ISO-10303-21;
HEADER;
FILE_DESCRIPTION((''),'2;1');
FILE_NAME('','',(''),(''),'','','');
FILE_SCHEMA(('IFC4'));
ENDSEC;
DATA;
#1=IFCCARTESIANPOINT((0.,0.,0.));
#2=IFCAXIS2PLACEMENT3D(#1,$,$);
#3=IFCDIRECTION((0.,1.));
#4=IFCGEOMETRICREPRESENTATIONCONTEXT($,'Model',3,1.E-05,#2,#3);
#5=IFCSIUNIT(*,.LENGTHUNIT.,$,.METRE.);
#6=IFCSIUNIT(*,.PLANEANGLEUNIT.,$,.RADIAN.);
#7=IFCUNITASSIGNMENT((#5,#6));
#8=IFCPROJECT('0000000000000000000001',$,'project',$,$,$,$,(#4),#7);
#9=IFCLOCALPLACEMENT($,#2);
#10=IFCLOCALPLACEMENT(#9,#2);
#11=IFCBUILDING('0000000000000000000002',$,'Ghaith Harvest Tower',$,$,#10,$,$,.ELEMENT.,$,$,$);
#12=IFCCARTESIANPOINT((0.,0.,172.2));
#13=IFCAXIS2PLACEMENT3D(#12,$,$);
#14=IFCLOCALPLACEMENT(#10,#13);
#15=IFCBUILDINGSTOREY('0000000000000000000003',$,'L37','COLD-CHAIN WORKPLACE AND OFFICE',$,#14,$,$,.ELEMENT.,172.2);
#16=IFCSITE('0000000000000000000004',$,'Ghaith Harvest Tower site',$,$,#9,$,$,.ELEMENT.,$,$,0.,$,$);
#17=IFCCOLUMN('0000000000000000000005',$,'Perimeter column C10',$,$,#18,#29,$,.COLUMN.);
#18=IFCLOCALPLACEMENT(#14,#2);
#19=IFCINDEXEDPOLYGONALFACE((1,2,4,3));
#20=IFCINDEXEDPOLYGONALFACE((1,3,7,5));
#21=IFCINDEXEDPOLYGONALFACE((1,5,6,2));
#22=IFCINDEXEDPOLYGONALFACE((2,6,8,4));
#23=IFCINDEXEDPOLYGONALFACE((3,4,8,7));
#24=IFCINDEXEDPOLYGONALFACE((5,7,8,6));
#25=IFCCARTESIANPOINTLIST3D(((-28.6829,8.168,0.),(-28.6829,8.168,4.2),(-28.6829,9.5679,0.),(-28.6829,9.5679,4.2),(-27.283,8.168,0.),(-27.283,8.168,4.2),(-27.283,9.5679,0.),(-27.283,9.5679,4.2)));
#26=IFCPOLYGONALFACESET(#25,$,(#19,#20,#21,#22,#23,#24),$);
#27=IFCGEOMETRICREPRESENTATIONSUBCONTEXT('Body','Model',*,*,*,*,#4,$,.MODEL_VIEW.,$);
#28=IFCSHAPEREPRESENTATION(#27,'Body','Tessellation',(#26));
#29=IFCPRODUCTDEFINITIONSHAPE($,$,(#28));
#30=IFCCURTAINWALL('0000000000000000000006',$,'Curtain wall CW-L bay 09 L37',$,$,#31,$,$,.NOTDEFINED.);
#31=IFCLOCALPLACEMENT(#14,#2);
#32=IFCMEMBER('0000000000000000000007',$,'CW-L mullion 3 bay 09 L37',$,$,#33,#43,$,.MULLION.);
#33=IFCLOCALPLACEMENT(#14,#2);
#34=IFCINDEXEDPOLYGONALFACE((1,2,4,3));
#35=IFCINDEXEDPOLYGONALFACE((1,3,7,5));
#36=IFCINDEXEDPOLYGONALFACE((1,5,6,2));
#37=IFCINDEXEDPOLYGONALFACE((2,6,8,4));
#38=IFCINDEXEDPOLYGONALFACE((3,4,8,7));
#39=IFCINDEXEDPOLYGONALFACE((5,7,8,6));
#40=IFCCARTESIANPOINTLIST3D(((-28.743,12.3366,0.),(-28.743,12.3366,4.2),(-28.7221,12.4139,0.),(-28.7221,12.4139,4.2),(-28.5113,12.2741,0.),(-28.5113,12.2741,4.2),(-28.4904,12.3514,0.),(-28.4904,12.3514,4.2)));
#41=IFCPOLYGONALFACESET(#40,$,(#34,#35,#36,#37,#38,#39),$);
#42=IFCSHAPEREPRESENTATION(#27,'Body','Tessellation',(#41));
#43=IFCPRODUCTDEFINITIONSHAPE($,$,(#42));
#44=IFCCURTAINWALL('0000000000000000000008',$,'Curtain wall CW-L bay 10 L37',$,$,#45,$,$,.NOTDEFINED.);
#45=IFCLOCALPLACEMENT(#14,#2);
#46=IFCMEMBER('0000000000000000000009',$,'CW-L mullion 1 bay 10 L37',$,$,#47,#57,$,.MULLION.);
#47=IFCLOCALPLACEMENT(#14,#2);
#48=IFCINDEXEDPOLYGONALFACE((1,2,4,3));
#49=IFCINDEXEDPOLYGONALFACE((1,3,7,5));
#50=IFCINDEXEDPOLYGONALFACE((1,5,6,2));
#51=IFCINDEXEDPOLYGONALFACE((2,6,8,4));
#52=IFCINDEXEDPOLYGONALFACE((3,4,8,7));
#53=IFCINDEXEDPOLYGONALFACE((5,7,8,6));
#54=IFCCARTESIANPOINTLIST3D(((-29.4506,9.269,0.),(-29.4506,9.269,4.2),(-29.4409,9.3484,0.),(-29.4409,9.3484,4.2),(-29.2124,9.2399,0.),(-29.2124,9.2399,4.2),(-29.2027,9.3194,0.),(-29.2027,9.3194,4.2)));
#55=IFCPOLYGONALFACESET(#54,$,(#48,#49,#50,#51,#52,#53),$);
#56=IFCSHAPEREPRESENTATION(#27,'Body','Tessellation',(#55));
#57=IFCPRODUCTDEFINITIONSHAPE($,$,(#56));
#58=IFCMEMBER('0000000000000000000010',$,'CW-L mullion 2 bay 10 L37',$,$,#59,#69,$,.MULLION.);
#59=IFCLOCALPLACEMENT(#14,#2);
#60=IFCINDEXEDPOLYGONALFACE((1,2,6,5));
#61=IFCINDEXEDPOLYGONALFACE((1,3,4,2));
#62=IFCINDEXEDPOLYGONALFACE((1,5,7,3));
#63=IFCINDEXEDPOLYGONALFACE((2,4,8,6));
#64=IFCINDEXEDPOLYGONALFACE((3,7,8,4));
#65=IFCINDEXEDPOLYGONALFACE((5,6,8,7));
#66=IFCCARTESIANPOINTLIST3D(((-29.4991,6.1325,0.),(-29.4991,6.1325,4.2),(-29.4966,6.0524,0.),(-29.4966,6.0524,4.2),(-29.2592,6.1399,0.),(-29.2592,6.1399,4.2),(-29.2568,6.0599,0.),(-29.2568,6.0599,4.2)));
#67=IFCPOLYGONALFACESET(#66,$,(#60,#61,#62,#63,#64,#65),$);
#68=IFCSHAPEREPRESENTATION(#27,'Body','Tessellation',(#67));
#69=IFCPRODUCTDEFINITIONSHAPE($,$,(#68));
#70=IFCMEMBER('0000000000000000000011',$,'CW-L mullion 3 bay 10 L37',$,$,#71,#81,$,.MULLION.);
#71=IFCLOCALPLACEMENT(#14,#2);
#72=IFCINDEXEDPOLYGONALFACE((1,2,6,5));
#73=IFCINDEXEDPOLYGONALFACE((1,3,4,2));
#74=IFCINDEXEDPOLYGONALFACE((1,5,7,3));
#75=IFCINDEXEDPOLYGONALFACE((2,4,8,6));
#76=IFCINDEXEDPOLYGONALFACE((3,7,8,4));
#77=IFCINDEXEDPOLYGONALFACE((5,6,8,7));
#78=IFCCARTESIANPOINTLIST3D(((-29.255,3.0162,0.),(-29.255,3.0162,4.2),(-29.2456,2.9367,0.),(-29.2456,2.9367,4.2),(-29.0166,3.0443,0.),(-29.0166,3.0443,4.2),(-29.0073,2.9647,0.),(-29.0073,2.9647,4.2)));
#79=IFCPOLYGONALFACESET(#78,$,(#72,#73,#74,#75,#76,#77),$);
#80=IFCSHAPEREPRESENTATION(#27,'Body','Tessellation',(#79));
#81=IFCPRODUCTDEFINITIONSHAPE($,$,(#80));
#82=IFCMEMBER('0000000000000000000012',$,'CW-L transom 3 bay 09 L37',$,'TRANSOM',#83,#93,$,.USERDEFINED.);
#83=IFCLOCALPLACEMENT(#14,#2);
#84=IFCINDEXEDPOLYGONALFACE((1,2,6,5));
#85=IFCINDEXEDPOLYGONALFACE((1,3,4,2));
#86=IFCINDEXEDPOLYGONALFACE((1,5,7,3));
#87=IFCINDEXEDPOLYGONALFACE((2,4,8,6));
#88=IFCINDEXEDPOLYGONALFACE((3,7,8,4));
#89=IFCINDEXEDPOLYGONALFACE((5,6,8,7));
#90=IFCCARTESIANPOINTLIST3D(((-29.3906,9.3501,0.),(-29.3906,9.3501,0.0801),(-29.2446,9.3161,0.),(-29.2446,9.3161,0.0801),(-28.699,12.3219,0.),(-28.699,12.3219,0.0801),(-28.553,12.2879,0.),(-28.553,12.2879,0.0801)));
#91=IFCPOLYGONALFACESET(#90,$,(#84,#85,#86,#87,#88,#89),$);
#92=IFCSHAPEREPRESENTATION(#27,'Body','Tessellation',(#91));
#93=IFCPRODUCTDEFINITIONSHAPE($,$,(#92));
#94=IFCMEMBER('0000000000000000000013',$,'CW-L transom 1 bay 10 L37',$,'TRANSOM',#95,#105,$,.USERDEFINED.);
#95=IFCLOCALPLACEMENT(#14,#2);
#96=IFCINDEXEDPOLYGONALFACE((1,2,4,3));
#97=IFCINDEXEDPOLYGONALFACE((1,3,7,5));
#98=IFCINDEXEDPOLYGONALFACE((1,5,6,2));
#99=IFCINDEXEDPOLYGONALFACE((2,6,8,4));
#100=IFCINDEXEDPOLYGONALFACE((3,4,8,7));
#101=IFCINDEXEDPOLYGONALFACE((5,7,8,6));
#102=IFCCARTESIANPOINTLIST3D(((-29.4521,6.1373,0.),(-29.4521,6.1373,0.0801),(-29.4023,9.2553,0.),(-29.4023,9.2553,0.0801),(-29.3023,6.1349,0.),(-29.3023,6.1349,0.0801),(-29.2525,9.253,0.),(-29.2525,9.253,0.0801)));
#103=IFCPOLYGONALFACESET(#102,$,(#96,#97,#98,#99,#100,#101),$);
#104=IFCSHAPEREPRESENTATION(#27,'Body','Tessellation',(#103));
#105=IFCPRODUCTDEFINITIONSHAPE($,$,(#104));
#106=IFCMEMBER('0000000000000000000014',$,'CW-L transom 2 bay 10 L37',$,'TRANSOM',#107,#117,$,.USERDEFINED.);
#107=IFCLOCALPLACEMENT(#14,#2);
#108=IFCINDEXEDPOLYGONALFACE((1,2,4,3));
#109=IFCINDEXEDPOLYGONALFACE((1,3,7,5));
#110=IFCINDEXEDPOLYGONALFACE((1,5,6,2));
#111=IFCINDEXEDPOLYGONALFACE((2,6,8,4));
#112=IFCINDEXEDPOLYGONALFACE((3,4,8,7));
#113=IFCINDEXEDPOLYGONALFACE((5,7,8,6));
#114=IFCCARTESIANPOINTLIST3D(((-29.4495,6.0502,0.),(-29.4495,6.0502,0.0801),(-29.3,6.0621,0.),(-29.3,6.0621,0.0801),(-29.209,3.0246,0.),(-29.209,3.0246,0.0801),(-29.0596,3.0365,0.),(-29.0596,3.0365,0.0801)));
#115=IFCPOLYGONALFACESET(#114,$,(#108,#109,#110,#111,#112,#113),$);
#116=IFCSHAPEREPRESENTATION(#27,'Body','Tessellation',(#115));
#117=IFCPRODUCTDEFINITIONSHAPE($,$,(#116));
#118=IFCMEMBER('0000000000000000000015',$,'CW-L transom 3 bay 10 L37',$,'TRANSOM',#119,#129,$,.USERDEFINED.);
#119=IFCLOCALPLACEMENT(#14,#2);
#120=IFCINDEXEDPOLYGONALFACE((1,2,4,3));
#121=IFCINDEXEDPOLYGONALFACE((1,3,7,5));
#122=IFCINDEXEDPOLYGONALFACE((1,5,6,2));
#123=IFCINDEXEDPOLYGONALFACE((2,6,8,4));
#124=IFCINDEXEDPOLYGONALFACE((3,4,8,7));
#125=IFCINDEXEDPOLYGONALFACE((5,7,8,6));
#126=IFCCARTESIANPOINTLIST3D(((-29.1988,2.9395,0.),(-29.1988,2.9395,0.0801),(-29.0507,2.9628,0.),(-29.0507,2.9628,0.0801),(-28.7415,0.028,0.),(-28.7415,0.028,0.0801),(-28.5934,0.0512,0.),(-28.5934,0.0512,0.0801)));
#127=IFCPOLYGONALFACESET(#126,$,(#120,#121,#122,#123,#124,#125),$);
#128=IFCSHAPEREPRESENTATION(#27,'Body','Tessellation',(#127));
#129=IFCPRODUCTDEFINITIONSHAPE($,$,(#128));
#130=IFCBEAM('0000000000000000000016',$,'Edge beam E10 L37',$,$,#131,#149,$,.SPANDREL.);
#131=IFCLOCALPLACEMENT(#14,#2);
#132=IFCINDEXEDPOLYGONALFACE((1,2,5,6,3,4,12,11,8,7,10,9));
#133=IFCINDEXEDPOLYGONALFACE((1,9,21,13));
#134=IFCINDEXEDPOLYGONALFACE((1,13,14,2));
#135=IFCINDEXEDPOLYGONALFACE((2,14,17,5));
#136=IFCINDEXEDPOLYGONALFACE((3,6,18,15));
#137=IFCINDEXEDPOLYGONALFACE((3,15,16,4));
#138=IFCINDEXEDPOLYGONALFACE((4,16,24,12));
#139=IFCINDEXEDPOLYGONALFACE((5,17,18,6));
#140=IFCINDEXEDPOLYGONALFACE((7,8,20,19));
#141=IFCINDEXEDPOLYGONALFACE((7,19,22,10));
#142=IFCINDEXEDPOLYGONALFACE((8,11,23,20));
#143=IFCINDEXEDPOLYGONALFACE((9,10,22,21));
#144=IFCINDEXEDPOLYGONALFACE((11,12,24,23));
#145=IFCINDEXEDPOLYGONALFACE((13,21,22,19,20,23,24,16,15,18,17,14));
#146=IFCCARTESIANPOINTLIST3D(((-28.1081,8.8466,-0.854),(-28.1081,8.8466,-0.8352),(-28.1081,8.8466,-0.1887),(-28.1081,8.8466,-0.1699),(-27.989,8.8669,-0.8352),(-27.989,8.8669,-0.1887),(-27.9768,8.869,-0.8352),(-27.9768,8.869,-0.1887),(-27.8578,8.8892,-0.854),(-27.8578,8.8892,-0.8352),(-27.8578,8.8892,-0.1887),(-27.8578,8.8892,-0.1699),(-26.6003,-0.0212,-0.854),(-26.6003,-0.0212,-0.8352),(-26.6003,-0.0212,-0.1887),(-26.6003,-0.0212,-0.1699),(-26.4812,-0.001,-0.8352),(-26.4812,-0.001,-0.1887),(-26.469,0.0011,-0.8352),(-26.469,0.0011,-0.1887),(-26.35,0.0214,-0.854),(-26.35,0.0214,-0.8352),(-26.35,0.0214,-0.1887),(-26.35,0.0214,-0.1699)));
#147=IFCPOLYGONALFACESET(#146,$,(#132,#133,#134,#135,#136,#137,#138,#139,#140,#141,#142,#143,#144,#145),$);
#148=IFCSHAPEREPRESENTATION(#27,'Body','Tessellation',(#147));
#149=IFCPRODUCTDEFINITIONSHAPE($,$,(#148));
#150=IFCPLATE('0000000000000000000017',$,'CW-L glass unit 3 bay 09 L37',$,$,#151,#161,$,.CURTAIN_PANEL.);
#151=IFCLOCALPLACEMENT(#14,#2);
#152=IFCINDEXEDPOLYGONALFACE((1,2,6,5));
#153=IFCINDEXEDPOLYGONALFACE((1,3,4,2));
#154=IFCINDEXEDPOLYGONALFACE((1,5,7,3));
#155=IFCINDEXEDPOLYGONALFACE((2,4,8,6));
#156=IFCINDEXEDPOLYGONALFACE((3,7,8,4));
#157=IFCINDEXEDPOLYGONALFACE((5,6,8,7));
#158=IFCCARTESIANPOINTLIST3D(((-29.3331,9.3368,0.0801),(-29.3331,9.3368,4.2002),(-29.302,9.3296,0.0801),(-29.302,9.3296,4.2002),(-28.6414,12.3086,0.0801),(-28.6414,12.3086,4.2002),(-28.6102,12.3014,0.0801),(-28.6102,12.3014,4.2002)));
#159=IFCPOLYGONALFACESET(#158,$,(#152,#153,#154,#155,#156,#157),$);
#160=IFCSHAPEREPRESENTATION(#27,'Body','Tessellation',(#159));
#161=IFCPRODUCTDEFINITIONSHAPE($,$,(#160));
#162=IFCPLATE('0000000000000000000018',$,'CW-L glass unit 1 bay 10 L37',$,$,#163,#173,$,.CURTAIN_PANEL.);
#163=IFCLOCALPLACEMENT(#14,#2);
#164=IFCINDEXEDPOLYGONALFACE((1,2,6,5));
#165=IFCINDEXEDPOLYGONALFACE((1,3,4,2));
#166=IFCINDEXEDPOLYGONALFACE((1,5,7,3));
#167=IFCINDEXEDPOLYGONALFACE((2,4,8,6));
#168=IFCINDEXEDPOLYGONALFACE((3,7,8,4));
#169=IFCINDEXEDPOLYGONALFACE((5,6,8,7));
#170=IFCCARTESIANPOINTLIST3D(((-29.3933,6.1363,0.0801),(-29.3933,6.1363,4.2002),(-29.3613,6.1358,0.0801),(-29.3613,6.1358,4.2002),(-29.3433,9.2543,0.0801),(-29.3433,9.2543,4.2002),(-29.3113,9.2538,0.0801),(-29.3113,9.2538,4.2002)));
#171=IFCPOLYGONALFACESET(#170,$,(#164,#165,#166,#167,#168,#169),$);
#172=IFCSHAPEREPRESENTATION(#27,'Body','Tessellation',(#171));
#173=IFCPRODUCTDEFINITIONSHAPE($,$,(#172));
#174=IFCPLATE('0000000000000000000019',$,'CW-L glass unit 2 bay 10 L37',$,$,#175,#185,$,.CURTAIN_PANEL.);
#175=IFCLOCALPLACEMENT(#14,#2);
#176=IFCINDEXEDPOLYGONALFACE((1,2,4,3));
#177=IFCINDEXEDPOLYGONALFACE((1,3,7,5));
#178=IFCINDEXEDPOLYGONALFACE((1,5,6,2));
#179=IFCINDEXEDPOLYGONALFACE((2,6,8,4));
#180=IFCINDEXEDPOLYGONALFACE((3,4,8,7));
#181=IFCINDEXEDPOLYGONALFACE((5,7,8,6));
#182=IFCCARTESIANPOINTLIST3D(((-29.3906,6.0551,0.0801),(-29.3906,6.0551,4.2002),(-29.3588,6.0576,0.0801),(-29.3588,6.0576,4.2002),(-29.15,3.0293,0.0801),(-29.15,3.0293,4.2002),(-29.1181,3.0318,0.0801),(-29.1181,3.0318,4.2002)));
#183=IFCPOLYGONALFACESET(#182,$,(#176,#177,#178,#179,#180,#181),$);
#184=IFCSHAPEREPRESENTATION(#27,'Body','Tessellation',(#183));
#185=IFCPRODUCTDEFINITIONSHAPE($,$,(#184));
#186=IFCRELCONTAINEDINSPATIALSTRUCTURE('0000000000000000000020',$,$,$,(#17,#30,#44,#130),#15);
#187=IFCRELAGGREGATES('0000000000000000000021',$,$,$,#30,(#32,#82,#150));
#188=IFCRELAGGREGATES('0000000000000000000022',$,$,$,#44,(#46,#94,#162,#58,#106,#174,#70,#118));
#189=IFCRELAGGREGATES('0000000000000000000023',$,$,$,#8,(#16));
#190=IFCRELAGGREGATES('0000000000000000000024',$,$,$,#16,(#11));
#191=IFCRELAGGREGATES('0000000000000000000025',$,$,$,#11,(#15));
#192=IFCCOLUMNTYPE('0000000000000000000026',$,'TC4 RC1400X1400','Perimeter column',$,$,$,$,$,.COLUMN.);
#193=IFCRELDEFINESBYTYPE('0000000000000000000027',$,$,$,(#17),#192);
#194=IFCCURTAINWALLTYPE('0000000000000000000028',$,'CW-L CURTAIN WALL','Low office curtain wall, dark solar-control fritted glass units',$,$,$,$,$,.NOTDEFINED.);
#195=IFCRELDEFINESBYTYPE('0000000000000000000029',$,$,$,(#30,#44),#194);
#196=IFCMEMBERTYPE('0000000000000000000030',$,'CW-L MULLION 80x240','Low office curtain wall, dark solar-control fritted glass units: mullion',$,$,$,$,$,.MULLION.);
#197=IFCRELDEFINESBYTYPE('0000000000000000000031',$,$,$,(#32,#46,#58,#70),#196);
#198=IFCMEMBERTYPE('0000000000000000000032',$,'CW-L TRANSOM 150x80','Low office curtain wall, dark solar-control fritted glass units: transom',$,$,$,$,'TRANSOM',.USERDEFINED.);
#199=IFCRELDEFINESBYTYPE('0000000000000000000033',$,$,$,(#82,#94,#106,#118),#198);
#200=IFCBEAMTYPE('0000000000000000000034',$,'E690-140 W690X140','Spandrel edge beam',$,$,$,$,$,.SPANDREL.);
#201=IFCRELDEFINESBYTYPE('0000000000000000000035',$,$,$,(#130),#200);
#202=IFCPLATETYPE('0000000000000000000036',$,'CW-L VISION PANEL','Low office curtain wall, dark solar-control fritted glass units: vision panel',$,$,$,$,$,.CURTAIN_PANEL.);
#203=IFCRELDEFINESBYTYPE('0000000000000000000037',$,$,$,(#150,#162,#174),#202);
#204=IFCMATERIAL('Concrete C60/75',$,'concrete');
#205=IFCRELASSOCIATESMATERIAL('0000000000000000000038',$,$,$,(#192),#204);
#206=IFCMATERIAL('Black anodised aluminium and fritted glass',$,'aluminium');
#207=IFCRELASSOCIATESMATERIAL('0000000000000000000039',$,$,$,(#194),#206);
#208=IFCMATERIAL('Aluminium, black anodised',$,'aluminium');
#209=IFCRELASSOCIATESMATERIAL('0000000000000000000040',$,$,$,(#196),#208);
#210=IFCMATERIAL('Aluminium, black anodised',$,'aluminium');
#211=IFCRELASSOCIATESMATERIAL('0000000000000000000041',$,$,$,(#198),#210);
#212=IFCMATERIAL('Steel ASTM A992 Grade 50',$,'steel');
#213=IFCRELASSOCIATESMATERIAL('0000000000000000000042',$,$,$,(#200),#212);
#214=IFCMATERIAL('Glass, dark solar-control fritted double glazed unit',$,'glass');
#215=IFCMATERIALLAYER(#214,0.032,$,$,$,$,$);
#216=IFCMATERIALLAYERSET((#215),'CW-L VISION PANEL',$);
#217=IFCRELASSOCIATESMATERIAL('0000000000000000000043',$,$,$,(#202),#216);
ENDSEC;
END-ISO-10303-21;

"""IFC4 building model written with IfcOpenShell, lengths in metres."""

from ifc_helpers import new_model, si_unit, direction, frame, origin, origin_2d, place, context, subcontext, project, spatial, rectangle, i_section, extrude, material, layer, layer_set, material_profile, profile_set, type_object, element, aggregate, save


model = new_model("IFC4")

# Units and contexts
model_context = context("Model", 3, precision=1e-05, world=origin(), true_north=direction((0.0, 1.0)))
body_context = subcontext(model_context, "Body", "Model", "MODEL_VIEW")
ifc_project = project(units=[si_unit("LENGTHUNIT", "METRE"), si_unit("PLANEANGLEUNIT", "RADIAN")], contexts=[model_context])

# Site, building, storey
site_placement = place(None, origin())
site = spatial("IfcSite", under=ifc_project, at=site_placement, Name="Ghaith Harvest Tower site", CompositionType="ELEMENT", RefElevation=0.0)
building_placement = place(site_placement, origin())
building = spatial("IfcBuilding", under=site, at=building_placement, Name="Ghaith Harvest Tower", CompositionType="ELEMENT")
storey_placement = place(building_placement, frame((0.0, 0.0, 172.2)))
storey = spatial("IfcBuildingStorey", under=building, at=storey_placement, Name="L37", Description="COLD-CHAIN WORKPLACE AND OFFICE", CompositionType="ELEMENT", Elevation=172.2)

# Column
ifc_material_1 = material(Name="Concrete C60/75", Category="concrete")
ifc_material_profile_1 = material_profile(ifc_material_1, rectangle(XDim=1.3999, YDim=1.3999, at=origin_2d()), Name="RC1400X1400")
ifc_profile_set_1 = profile_set([ifc_material_profile_1], Name="Concrete C60/75")
column_type = type_object("IfcColumnType", Name="TC4 RC1400X1400", Description="Perimeter column", PredefinedType="COLUMN", material=ifc_profile_set_1)
column_placement = place(storey_placement, frame((-27.9829, 8.8679, 0.0), z_axis=(0.0, 0.0, 1.0), x_axis=(1.0, 0.0, 0.0)))
element("IfcColumn", 1, at=column_placement, inside=storey, type_object=column_type, Name="Perimeter column C10", PredefinedType="COLUMN", context=body_context, shape_type="SweptSolid", body=[
    extrude(rectangle(XDim=1.3999, YDim=1.3999, at=origin_2d()), origin(), (0.0, 0.0, 1.0), 4.2),
])

# Curtain wall, member
ifc_material_2 = material(Name="Black anodised aluminium and fritted glass", Category="aluminium")
curtain_wall_type = type_object("IfcCurtainWallType", Name="CW-L CURTAIN WALL", Description="Low office curtain wall, dark solar-control fritted glass units", PredefinedType="NOTDEFINED", material=ifc_material_2)
curtain_wall_1_placement = place(storey_placement, origin())
curtain_wall_1 = element("IfcCurtainWall", 2, at=curtain_wall_1_placement, inside=storey, type_object=curtain_wall_type, Name="Curtain wall CW-L bay 09 L37", PredefinedType="NOTDEFINED")
ifc_material_3 = material(Name="Aluminium, black anodised", Category="aluminium")
ifc_material_profile_2 = material_profile(ifc_material_3, rectangle(XDim=0.0801, YDim=0.24, at=origin_2d()), Name="CW-L MULLION 80x240")
ifc_profile_set_2 = profile_set([ifc_material_profile_2], Name="Aluminium, black anodised")
member_type_1 = type_object("IfcMemberType", Name="CW-L MULLION 80x240", Description="Low office curtain wall, dark solar-control fritted glass units: mullion", PredefinedType="MULLION", material=ifc_profile_set_2)
member_1_placement = place(storey_placement, frame((-28.6167, 12.344, 0.0), z_axis=(0.0, 0.0, 1.0), x_axis=(-0.260727, -0.965412, 0.0)))
member_1 = element("IfcMember", 3, at=member_1_placement, type_object=member_type_1, Name="CW-L mullion 3 bay 09 L37", PredefinedType="MULLION", context=body_context, shape_type="SweptSolid", body=[
    extrude(rectangle(XDim=0.0801, YDim=0.24, at=origin_2d()), origin(), (0.0, 0.0, 1.0), 4.2),
])

# Curtain wall, members
curtain_wall_2_placement = place(storey_placement, origin())
curtain_wall_2 = element("IfcCurtainWall", 4, at=curtain_wall_2_placement, inside=storey, type_object=curtain_wall_type, Name="Curtain wall CW-L bay 10 L37", PredefinedType="NOTDEFINED")
member_2_placement = place(storey_placement, frame((-29.3267, 9.2942, 0.0), z_axis=(0.0, 0.0, 1.0), x_axis=(-0.120932, -0.992661, 0.0)))
member_2 = element("IfcMember", 5, at=member_2_placement, type_object=member_type_1, Name="CW-L mullion 1 bay 10 L37", PredefinedType="MULLION", context=body_context, shape_type="SweptSolid", body=[
    extrude(rectangle(XDim=0.0801, YDim=0.24, at=origin_2d()), origin(), (0.0, 0.0, 1.0), 4.2),
])
member_3_placement = place(storey_placement, frame((-29.3779, 6.0962, 0.0), z_axis=(0.0, 0.0, 1.0), x_axis=(0.031028, -0.999519, 0.0)))
member_3 = element("IfcMember", 6, at=member_3_placement, type_object=member_type_1, Name="CW-L mullion 2 bay 10 L37", PredefinedType="MULLION", context=body_context, shape_type="SweptSolid", body=[
    extrude(rectangle(XDim=0.0801, YDim=0.24, at=origin_2d()), origin(), (0.0, 0.0, 1.0), 4.2),
])
member_4_placement = place(storey_placement, frame((-29.1311, 2.9905, 0.0), z_axis=(0.0, 0.0, 1.0), x_axis=(0.116764, -0.99316, 0.0)))
member_4 = element("IfcMember", 7, at=member_4_placement, type_object=member_type_1, Name="CW-L mullion 3 bay 10 L37", PredefinedType="MULLION", context=body_context, shape_type="SweptSolid", body=[
    extrude(rectangle(XDim=0.0801, YDim=0.24, at=origin_2d()), origin(), (0.0, 0.0, 1.0), 4.2),
])

# Members
ifc_material_4 = material(Name="Aluminium, black anodised", Category="aluminium")
ifc_material_profile_3 = material_profile(ifc_material_4, rectangle(XDim=0.1499, YDim=0.0801, at=origin_2d()), Name="CW-L TRANSOM 150x80")
ifc_profile_set_3 = profile_set([ifc_material_profile_3], Name="Aluminium, black anodised")
member_type_2 = type_object("IfcMemberType", Name="CW-L TRANSOM 150x80", Description="Low office curtain wall, dark solar-control fritted glass units: transom", ElementType="TRANSOM", PredefinedType="USERDEFINED", material=ifc_profile_set_3)
member_5_placement = place(storey_placement, frame((-28.626, 12.3049, 0.04), z_axis=(-0.226671, -0.973971, 0.0), x_axis=(0.973971, -0.226671, 0.0)))
member_5 = element("IfcMember", 8, at=member_5_placement, type_object=member_type_2, Name="CW-L transom 3 bay 09 L37", ObjectType="TRANSOM", PredefinedType="USERDEFINED", context=body_context, shape_type="SweptSolid", body=[
    extrude(rectangle(XDim=0.1499, YDim=0.0801, at=origin_2d()), origin(), (0.0, 0.0, 1.0), 3.0513),
])
member_6_placement = place(storey_placement, frame((-29.3274, 9.2542, 0.04), z_axis=(-0.015972, -0.999872, 0.0), x_axis=(0.999872, -0.015972, 0.0)))
member_6 = element("IfcMember", 9, at=member_6_placement, type_object=member_type_2, Name="CW-L transom 1 bay 10 L37", ObjectType="TRANSOM", PredefinedType="USERDEFINED", context=body_context, shape_type="SweptSolid", body=[
    extrude(rectangle(XDim=0.1499, YDim=0.0801, at=origin_2d()), origin(), (0.0, 0.0, 1.0), 3.1184),
])
member_7_placement = place(storey_placement, frame((-29.3748, 6.0562, 0.04), z_axis=(0.07923, -0.996856, 0.0), x_axis=(0.996856, 0.07923, 0.0)))
member_7 = element("IfcMember", 10, at=member_7_placement, type_object=member_type_2, Name="CW-L transom 2 bay 10 L37", ObjectType="TRANSOM", PredefinedType="USERDEFINED", context=body_context, shape_type="SweptSolid", body=[
    extrude(rectangle(XDim=0.1499, YDim=0.0801, at=origin_2d()), origin(), (0.0, 0.0, 1.0), 3.0352),
])
member_8_placement = place(storey_placement, frame((-29.1248, 2.9512, 0.04), z_axis=(0.15515, -0.987891, 0.0), x_axis=(0.987891, 0.15515, 0.0)))
member_8 = element("IfcMember", 11, at=member_8_placement, type_object=member_type_2, Name="CW-L transom 3 bay 10 L37", ObjectType="TRANSOM", PredefinedType="USERDEFINED", context=body_context, shape_type="SweptSolid", body=[
    extrude(rectangle(XDim=0.1499, YDim=0.0801, at=origin_2d()), origin(), (0.0, 0.0, 1.0), 2.9473),
])

# Beam
ifc_material_5 = material(Name="Steel ASTM A992 Grade 50", Category="steel")
ifc_material_profile_4 = material_profile(ifc_material_5, i_section(OverallWidth=0.2539, OverallDepth=0.6841, WebThickness=0.0125, FlangeThickness=0.0188, at=origin_2d()), Name="W690X140")
ifc_profile_set_4 = profile_set([ifc_material_profile_4], Name="Steel ASTM A992 Grade 50")
beam_type = type_object("IfcBeamType", Name="E690-140 W690X140", Description="Spandrel edge beam", PredefinedType="SPANDREL", material=ifc_profile_set_4)
beam_placement = place(storey_placement, frame((-27.9829, 8.8679, -0.512), z_axis=(0.167624, -0.985851, 0.0), x_axis=(0.985851, 0.167624, 0.0)))
element("IfcBeam", 12, at=beam_placement, inside=storey, type_object=beam_type, Name="Edge beam E10 L37", PredefinedType="SPANDREL", context=body_context, shape_type="SweptSolid", body=[
    extrude(i_section(OverallWidth=0.2539, OverallDepth=0.6841, WebThickness=0.0125, FlangeThickness=0.0188, at=origin_2d()), origin(), (0.0, 0.0, 1.0), 8.9951),
])

# Plates
ifc_material_6 = material(Name="Glass, dark solar-control fritted double glazed unit", Category="glass")
ifc_layer_1 = layer(ifc_material_6, 0.032)
ifc_layer_set_1 = layer_set([ifc_layer_1], Name="CW-L VISION PANEL")
plate_type_1 = type_object("IfcPlateType", Name="CW-L VISION PANEL", Description="Low office curtain wall, dark solar-control fritted glass units: vision panel", PredefinedType="CURTAIN_PANEL", material=ifc_layer_set_1)
plate_1_placement = place(storey_placement, frame((-28.9717, 10.8191, 0.0801), z_axis=(0.0, 0.0, 1.0), x_axis=(-0.226699, -0.973965, 0.0)))
plate_1 = element("IfcPlate", 13, at=plate_1_placement, type_object=plate_type_1, Name="CW-L glass unit 3 bay 09 L37", PredefinedType="CURTAIN_PANEL", context=body_context, shape_type="SweptSolid", body=[
    extrude(rectangle(XDim=3.0513, YDim=0.032, at=origin_2d()), origin(), (0.0, 0.0, 1.0), 4.1201),
])
aggregate(curtain_wall_1, [member_1, member_5, plate_1])
plate_2_placement = place(storey_placement, frame((-29.3523, 7.6951, 0.0801), z_axis=(0.0, 0.0, 1.0), x_axis=(-0.016034, -0.999871, 0.0)))
plate_2 = element("IfcPlate", 14, at=plate_2_placement, type_object=plate_type_1, Name="CW-L glass unit 1 bay 10 L37", PredefinedType="CURTAIN_PANEL", context=body_context, shape_type="SweptSolid", body=[
    extrude(rectangle(XDim=3.1184, YDim=0.032, at=origin_2d()), origin(), (0.0, 0.0, 1.0), 4.1201),
])
plate_3_placement = place(storey_placement, frame((-29.2544, 4.5435, 0.0801), z_axis=(0.0, 0.0, 1.0), x_axis=(0.079273, -0.996853, 0.0)))
plate_3 = element("IfcPlate", 15, at=plate_3_placement, type_object=plate_type_1, Name="CW-L glass unit 2 bay 10 L37", PredefinedType="CURTAIN_PANEL", context=body_context, shape_type="SweptSolid", body=[
    extrude(rectangle(XDim=3.0354, YDim=0.032, at=origin_2d()), origin(), (0.0, 0.0, 1.0), 4.1201),
])
aggregate(curtain_wall_2, [member_2, member_6, plate_2, member_3, member_7, plate_3, member_4, member_8])

save(model, "model.ifc")
